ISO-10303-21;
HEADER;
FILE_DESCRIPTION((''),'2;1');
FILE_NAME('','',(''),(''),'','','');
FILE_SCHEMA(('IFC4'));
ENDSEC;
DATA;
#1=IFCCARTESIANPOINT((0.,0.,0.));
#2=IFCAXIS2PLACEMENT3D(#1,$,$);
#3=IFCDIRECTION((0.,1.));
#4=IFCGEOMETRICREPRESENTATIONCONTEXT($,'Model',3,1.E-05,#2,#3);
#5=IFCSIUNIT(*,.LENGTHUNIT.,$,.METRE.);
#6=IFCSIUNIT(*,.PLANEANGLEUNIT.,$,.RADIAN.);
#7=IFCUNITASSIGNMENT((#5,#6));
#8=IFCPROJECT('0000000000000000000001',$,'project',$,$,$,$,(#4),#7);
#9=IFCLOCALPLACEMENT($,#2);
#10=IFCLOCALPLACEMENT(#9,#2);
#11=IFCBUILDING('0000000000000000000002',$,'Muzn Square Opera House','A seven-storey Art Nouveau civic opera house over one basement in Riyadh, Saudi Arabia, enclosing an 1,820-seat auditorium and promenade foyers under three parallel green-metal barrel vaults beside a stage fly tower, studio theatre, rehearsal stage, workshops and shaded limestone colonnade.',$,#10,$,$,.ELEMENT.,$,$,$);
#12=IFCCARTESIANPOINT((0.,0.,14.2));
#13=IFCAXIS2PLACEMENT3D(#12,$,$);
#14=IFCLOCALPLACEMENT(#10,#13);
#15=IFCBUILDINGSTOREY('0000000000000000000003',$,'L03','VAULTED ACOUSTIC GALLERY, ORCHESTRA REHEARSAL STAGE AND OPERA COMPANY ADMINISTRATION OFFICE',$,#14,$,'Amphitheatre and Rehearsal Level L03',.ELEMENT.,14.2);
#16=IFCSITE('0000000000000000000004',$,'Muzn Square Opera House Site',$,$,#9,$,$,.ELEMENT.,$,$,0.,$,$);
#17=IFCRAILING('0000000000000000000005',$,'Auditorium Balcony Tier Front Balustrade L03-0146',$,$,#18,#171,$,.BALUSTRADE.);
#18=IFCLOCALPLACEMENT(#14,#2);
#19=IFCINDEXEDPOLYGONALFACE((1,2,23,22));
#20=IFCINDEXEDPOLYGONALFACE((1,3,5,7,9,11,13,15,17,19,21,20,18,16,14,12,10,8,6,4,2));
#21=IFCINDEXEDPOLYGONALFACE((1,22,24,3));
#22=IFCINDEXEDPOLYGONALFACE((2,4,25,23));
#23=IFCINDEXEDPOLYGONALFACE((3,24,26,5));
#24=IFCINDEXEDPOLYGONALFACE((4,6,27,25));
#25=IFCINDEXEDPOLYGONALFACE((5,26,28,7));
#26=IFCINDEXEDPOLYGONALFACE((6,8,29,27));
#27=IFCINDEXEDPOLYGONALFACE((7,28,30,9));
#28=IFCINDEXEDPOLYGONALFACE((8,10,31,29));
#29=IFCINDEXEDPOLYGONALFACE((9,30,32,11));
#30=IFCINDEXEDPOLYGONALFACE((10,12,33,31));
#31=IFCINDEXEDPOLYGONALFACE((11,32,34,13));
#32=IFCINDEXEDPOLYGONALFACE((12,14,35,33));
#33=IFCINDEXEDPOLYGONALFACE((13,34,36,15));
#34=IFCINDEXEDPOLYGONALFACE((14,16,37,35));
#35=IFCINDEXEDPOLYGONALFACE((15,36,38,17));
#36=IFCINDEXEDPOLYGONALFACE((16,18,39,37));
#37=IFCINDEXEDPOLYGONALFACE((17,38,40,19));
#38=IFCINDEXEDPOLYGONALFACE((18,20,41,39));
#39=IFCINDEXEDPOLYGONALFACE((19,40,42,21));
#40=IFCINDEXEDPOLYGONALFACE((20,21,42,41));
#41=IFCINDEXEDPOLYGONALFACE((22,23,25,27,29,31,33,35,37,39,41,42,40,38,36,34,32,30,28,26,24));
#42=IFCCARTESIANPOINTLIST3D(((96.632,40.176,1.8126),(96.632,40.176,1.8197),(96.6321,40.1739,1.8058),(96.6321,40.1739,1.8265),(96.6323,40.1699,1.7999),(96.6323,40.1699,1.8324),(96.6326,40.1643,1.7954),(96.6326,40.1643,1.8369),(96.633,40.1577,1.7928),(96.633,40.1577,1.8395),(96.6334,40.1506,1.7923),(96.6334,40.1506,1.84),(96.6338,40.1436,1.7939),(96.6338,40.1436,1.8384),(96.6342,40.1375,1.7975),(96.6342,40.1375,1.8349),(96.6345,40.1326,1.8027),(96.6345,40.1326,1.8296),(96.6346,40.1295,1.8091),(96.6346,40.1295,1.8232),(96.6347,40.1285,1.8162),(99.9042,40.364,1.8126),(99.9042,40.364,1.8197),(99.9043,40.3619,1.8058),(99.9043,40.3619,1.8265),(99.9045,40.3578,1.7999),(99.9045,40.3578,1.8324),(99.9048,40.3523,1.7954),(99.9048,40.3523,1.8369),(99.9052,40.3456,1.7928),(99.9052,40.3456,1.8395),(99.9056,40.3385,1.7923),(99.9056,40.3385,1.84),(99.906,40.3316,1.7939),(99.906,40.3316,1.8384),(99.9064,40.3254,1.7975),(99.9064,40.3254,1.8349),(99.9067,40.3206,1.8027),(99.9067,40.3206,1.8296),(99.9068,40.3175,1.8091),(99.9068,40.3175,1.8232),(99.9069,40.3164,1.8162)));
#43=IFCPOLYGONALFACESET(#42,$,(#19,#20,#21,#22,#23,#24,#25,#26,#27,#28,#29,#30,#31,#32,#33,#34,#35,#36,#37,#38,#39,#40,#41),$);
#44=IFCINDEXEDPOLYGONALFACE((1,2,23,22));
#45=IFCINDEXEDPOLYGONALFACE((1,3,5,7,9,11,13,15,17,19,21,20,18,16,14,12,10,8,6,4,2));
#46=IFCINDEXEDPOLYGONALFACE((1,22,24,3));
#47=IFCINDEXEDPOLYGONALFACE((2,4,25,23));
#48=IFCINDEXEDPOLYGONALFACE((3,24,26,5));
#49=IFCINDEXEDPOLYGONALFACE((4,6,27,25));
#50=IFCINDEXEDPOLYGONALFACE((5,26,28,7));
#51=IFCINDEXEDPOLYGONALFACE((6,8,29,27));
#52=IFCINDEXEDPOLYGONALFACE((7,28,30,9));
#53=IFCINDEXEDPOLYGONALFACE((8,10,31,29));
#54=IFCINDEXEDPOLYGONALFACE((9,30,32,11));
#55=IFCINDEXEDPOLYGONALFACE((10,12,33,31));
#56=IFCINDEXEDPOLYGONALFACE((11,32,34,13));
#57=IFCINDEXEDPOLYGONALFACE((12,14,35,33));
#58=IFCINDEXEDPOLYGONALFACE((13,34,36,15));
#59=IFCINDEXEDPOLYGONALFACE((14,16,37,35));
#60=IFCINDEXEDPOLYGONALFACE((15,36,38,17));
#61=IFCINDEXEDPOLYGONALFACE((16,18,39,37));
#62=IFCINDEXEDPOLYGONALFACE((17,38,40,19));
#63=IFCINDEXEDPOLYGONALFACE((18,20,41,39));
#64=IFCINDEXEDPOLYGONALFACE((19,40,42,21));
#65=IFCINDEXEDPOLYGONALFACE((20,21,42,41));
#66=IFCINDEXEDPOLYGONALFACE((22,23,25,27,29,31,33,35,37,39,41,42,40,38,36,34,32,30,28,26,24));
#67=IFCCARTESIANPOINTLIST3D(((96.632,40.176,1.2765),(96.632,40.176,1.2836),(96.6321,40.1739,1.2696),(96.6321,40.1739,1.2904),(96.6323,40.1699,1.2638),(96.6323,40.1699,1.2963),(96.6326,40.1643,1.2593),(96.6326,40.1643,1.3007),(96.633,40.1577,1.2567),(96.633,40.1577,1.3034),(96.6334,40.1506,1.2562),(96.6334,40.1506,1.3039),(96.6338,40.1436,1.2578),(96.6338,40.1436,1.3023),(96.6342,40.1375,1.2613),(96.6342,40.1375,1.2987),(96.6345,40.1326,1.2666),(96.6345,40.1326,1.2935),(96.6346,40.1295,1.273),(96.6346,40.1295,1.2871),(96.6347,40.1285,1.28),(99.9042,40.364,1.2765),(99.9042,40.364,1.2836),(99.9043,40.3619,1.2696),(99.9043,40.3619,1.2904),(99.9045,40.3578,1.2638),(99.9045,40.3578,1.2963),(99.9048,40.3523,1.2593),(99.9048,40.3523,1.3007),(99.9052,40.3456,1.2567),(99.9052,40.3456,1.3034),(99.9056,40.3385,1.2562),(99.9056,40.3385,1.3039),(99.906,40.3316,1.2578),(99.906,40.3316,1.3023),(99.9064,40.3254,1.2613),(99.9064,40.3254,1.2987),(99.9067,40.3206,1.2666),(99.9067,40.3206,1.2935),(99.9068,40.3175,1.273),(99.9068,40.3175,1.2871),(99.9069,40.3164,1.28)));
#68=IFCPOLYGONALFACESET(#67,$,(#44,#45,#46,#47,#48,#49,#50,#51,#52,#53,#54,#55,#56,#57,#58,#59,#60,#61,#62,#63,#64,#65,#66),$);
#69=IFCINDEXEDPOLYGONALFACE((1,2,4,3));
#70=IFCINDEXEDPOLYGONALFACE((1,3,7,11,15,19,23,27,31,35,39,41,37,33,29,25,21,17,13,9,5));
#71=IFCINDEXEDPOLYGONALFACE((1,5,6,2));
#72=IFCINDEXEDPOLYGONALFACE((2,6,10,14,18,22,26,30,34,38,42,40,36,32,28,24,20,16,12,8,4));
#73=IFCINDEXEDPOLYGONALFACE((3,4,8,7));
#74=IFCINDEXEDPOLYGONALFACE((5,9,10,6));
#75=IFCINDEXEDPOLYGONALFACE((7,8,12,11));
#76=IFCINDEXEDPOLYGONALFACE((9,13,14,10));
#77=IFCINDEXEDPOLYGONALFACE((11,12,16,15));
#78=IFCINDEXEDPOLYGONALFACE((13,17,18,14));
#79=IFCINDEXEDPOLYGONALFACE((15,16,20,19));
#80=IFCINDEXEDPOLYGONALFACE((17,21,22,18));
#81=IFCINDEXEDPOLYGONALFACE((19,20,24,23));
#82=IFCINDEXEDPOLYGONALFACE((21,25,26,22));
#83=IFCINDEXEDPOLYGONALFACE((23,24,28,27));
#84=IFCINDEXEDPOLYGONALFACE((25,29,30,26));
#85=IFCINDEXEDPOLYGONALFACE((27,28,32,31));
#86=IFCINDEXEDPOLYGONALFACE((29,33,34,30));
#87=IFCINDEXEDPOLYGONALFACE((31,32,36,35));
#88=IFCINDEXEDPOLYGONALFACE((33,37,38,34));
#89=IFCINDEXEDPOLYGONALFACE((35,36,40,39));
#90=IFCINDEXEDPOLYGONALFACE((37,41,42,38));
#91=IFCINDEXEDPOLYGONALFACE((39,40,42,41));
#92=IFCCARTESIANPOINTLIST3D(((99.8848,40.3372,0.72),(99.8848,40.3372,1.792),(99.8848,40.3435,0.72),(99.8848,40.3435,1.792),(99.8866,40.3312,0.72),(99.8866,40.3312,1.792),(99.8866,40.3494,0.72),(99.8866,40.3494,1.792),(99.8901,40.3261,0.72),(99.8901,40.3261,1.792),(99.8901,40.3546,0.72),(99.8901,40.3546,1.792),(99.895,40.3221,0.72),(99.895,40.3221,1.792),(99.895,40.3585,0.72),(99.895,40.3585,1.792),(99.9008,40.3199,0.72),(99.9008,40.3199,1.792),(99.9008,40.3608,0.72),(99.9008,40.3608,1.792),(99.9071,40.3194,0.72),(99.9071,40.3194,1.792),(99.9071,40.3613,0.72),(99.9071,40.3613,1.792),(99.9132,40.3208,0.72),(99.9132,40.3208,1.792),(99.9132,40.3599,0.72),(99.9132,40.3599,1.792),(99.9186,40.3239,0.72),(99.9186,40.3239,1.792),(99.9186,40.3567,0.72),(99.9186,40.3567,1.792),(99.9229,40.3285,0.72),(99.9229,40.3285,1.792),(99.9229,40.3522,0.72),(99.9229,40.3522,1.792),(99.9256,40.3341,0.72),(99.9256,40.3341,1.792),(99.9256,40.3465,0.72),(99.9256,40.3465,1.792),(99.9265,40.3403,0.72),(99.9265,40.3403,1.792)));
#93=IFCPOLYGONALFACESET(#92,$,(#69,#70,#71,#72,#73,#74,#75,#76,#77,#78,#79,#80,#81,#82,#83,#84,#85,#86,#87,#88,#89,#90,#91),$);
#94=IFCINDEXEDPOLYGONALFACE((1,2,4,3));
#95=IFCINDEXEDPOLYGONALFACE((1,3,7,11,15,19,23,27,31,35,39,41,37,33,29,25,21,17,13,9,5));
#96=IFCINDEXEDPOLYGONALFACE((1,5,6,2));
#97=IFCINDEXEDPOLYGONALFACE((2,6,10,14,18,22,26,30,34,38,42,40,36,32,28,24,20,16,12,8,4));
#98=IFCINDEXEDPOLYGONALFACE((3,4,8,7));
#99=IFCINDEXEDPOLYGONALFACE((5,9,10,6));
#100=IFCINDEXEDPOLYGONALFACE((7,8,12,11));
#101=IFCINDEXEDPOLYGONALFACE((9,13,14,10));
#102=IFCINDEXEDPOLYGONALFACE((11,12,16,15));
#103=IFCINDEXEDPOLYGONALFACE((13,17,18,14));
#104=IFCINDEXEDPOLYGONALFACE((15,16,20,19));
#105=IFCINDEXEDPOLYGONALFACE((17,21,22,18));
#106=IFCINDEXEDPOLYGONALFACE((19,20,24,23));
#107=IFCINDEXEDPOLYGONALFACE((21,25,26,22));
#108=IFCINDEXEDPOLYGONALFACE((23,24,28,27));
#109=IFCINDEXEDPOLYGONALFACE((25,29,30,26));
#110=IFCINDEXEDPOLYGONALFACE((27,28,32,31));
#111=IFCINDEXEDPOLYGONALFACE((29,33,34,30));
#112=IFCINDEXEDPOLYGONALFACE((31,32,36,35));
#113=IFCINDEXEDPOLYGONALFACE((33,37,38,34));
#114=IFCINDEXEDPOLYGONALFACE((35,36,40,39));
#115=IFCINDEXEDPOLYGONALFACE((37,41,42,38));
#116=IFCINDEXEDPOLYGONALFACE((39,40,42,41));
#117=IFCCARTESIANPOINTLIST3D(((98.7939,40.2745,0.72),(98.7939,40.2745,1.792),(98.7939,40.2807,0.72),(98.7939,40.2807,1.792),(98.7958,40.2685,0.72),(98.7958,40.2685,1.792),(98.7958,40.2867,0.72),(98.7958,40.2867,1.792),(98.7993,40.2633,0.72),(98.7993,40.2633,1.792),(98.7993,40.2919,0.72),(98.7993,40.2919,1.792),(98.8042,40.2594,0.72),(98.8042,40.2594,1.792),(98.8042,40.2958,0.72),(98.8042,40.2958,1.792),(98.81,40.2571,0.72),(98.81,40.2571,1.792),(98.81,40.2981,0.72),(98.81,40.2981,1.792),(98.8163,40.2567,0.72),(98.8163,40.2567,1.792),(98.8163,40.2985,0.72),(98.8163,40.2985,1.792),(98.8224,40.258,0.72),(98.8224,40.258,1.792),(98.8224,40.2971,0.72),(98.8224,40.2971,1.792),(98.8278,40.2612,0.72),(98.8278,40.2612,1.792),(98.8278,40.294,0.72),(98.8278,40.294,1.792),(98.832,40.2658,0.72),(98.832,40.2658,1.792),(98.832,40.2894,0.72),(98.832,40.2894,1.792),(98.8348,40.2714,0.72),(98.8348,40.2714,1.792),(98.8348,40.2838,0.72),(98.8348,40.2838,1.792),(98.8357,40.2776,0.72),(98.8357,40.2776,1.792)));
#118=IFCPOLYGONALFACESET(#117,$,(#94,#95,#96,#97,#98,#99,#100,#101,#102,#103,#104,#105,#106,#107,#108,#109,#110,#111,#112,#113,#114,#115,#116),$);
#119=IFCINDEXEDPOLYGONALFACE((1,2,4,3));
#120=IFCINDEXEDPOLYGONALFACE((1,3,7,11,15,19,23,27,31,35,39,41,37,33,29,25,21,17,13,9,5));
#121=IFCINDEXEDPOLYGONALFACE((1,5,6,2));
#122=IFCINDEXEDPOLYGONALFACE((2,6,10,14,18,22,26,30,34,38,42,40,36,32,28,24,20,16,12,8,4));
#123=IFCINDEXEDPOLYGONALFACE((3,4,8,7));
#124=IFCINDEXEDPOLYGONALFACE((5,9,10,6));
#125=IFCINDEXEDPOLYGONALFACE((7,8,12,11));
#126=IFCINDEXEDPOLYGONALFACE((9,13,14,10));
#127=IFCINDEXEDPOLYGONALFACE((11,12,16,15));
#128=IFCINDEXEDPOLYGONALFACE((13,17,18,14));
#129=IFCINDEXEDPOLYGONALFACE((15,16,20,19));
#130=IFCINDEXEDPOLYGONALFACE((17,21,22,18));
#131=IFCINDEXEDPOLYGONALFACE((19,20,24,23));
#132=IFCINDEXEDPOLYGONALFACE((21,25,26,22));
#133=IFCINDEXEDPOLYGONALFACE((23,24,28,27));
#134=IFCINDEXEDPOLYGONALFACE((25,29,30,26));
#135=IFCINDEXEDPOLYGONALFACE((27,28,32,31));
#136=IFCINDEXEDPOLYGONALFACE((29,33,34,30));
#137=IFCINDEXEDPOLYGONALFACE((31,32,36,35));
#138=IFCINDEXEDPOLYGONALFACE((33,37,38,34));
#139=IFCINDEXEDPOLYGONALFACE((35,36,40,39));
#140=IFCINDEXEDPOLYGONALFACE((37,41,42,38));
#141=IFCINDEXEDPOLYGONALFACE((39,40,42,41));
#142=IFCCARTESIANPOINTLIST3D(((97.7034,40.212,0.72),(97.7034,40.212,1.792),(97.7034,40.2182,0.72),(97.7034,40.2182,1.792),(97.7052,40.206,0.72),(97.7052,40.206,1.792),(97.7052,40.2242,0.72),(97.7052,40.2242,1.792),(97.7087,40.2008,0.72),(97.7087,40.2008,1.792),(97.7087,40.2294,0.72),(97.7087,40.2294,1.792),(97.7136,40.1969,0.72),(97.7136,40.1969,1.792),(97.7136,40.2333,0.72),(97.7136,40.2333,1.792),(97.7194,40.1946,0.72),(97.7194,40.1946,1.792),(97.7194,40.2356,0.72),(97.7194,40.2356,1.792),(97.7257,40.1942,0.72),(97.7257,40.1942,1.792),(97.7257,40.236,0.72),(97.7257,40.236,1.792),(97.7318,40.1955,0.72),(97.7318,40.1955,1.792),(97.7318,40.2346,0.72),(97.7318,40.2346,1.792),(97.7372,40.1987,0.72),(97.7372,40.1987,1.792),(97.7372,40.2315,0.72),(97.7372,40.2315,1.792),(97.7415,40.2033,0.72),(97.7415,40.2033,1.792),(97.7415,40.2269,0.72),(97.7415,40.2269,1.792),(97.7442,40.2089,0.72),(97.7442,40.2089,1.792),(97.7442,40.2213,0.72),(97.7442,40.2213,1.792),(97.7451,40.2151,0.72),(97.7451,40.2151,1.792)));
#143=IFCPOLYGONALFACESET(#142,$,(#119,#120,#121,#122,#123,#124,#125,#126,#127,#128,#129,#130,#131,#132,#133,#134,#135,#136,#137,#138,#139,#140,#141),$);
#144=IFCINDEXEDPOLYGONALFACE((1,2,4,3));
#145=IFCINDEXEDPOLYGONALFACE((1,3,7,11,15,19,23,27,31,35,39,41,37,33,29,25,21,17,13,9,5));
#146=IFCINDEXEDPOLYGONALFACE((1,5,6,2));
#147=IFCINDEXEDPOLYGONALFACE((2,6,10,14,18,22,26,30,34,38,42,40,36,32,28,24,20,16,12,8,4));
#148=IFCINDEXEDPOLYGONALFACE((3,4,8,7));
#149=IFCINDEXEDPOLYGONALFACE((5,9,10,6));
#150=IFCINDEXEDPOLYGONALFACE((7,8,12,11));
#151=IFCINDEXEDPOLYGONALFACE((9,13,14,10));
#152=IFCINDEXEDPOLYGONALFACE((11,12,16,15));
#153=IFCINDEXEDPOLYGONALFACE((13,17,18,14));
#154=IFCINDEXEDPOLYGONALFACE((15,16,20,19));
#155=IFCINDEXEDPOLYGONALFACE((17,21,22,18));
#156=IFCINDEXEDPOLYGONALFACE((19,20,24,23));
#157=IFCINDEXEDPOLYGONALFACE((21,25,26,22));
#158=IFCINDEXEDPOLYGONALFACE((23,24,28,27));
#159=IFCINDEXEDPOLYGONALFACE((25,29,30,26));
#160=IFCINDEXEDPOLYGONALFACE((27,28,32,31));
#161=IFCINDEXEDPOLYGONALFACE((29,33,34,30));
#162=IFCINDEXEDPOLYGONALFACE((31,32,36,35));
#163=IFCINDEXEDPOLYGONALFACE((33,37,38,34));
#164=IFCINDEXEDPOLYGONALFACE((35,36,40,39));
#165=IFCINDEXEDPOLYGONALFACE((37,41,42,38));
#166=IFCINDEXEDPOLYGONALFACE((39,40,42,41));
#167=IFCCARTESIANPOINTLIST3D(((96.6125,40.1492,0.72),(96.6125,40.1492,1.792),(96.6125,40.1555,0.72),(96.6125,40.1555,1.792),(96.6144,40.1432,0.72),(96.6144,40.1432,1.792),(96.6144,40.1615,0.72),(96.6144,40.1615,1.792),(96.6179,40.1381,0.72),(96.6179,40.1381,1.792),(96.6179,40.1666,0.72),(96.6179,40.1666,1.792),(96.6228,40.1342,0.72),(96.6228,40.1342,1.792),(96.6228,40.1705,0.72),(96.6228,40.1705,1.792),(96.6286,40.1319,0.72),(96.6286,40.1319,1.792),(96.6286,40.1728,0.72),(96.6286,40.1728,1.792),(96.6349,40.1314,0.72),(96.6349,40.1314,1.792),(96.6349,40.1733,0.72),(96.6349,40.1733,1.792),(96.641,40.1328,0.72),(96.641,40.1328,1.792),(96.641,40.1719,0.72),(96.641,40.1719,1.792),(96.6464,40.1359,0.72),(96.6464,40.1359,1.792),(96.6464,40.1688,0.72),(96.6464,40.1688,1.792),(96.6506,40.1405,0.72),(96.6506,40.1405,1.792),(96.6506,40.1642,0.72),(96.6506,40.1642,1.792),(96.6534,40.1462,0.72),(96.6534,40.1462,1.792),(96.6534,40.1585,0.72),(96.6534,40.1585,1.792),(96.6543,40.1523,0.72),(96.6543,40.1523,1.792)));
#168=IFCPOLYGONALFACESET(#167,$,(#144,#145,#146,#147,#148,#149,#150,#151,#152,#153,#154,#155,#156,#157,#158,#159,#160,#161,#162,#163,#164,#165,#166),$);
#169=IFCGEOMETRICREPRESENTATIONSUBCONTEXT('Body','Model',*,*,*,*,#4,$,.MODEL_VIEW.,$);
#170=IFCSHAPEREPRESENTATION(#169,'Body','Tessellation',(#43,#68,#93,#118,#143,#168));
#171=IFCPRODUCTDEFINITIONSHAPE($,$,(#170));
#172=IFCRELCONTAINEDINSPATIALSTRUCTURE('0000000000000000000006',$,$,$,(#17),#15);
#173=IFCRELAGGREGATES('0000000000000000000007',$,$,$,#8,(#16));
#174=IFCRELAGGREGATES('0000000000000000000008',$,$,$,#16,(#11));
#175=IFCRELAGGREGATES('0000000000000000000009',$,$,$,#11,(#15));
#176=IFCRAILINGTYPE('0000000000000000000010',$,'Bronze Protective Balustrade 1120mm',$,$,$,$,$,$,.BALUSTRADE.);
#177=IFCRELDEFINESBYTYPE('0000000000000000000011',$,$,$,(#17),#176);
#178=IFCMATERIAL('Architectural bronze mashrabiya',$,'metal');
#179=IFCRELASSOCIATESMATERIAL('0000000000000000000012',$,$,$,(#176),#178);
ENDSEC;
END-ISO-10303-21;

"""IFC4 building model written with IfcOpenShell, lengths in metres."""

from ifc_helpers import new_model, si_unit, direction, frame, origin, origin_2d, place, context, subcontext, project, spatial, circle, extrude, material, type_object, element, save


model = new_model("IFC4")

# Units and contexts
model_context = context("Model", 3, precision=1e-05, world=origin(), true_north=direction((0.0, 1.0)))
body_context = subcontext(model_context, "Body", "Model", "MODEL_VIEW")
ifc_project = project(units=[si_unit("LENGTHUNIT", "METRE"), si_unit("PLANEANGLEUNIT", "RADIAN")], contexts=[model_context])

# Site, building, storey
site_placement = place(None, origin())
site = spatial("IfcSite", under=ifc_project, at=site_placement, Name="Muzn Square Opera House Site", CompositionType="ELEMENT", RefElevation=0.0)
building_placement = place(site_placement, origin())
building = spatial("IfcBuilding", under=site, at=building_placement, Name="Muzn Square Opera House", Description="A seven-storey Art Nouveau civic opera house over one basement in Riyadh, Saudi Arabia, enclosing an 1,820-seat auditorium and promenade foyers under three parallel green-metal barrel vaults beside a stage fly tower, studio theatre, rehearsal stage, workshops and shaded limestone colonnade.", CompositionType="ELEMENT")
storey_placement = place(building_placement, frame((0.0, 0.0, 14.2)))
storey = spatial("IfcBuildingStorey", under=building, at=storey_placement, Name="L03", Description="VAULTED ACOUSTIC GALLERY, ORCHESTRA REHEARSAL STAGE AND OPERA COMPANY ADMINISTRATION OFFICE", LongName="Amphitheatre and Rehearsal Level L03", CompositionType="ELEMENT", Elevation=14.2)

# Railing
ifc_material_1 = material(Name="Architectural bronze mashrabiya", Category="metal")
railing_type_1 = type_object("IfcRailingType", Name="Bronze Protective Balustrade 1120mm", PredefinedType="BALUSTRADE", material=ifc_material_1)
railing_1_placement = place(storey_placement, frame((99.9055, 40.3403, 0.72)))
element("IfcRailing", 1, at=railing_1_placement, inside=storey, type_object=railing_type_1, Name="Auditorium Balcony Tier Front Balustrade L03-0146", PredefinedType="BALUSTRADE", context=body_context, shape_type="SweptSolid", body=[
    extrude(circle(Radius=0.0239, at=origin_2d()), frame((0.0, 0.0, 1.0962), z_axis=(-0.998354, -0.057355, 0.0), x_axis=(0.057355, -0.998354, 0.0)), (0.0, 0.0, 1.0), 3.2776),
    extrude(circle(Radius=0.0239, at=origin_2d()), frame((0.0, 0.0, 0.5601), z_axis=(-0.998354, -0.057355, 0.0), x_axis=(0.057355, -0.998354, 0.0)), (0.0, 0.0, 1.0), 3.2776),
    extrude(circle(Radius=0.021, at=origin_2d()), origin(), (0.0, 0.0, 1.0), 1.072),
    extrude(circle(Radius=0.021, at=origin_2d()), frame((-1.0908, -0.0627, 0.0)), (0.0, 0.0, 1.0), 1.072),
    extrude(circle(Radius=0.021, at=origin_2d()), frame((-2.1814, -0.1252, 0.0)), (0.0, 0.0, 1.0), 1.072),
    extrude(circle(Radius=0.021, at=origin_2d()), frame((-3.2722, -0.188, 0.0)), (0.0, 0.0, 1.0), 1.072),
])

save(model, "model.ifc")
